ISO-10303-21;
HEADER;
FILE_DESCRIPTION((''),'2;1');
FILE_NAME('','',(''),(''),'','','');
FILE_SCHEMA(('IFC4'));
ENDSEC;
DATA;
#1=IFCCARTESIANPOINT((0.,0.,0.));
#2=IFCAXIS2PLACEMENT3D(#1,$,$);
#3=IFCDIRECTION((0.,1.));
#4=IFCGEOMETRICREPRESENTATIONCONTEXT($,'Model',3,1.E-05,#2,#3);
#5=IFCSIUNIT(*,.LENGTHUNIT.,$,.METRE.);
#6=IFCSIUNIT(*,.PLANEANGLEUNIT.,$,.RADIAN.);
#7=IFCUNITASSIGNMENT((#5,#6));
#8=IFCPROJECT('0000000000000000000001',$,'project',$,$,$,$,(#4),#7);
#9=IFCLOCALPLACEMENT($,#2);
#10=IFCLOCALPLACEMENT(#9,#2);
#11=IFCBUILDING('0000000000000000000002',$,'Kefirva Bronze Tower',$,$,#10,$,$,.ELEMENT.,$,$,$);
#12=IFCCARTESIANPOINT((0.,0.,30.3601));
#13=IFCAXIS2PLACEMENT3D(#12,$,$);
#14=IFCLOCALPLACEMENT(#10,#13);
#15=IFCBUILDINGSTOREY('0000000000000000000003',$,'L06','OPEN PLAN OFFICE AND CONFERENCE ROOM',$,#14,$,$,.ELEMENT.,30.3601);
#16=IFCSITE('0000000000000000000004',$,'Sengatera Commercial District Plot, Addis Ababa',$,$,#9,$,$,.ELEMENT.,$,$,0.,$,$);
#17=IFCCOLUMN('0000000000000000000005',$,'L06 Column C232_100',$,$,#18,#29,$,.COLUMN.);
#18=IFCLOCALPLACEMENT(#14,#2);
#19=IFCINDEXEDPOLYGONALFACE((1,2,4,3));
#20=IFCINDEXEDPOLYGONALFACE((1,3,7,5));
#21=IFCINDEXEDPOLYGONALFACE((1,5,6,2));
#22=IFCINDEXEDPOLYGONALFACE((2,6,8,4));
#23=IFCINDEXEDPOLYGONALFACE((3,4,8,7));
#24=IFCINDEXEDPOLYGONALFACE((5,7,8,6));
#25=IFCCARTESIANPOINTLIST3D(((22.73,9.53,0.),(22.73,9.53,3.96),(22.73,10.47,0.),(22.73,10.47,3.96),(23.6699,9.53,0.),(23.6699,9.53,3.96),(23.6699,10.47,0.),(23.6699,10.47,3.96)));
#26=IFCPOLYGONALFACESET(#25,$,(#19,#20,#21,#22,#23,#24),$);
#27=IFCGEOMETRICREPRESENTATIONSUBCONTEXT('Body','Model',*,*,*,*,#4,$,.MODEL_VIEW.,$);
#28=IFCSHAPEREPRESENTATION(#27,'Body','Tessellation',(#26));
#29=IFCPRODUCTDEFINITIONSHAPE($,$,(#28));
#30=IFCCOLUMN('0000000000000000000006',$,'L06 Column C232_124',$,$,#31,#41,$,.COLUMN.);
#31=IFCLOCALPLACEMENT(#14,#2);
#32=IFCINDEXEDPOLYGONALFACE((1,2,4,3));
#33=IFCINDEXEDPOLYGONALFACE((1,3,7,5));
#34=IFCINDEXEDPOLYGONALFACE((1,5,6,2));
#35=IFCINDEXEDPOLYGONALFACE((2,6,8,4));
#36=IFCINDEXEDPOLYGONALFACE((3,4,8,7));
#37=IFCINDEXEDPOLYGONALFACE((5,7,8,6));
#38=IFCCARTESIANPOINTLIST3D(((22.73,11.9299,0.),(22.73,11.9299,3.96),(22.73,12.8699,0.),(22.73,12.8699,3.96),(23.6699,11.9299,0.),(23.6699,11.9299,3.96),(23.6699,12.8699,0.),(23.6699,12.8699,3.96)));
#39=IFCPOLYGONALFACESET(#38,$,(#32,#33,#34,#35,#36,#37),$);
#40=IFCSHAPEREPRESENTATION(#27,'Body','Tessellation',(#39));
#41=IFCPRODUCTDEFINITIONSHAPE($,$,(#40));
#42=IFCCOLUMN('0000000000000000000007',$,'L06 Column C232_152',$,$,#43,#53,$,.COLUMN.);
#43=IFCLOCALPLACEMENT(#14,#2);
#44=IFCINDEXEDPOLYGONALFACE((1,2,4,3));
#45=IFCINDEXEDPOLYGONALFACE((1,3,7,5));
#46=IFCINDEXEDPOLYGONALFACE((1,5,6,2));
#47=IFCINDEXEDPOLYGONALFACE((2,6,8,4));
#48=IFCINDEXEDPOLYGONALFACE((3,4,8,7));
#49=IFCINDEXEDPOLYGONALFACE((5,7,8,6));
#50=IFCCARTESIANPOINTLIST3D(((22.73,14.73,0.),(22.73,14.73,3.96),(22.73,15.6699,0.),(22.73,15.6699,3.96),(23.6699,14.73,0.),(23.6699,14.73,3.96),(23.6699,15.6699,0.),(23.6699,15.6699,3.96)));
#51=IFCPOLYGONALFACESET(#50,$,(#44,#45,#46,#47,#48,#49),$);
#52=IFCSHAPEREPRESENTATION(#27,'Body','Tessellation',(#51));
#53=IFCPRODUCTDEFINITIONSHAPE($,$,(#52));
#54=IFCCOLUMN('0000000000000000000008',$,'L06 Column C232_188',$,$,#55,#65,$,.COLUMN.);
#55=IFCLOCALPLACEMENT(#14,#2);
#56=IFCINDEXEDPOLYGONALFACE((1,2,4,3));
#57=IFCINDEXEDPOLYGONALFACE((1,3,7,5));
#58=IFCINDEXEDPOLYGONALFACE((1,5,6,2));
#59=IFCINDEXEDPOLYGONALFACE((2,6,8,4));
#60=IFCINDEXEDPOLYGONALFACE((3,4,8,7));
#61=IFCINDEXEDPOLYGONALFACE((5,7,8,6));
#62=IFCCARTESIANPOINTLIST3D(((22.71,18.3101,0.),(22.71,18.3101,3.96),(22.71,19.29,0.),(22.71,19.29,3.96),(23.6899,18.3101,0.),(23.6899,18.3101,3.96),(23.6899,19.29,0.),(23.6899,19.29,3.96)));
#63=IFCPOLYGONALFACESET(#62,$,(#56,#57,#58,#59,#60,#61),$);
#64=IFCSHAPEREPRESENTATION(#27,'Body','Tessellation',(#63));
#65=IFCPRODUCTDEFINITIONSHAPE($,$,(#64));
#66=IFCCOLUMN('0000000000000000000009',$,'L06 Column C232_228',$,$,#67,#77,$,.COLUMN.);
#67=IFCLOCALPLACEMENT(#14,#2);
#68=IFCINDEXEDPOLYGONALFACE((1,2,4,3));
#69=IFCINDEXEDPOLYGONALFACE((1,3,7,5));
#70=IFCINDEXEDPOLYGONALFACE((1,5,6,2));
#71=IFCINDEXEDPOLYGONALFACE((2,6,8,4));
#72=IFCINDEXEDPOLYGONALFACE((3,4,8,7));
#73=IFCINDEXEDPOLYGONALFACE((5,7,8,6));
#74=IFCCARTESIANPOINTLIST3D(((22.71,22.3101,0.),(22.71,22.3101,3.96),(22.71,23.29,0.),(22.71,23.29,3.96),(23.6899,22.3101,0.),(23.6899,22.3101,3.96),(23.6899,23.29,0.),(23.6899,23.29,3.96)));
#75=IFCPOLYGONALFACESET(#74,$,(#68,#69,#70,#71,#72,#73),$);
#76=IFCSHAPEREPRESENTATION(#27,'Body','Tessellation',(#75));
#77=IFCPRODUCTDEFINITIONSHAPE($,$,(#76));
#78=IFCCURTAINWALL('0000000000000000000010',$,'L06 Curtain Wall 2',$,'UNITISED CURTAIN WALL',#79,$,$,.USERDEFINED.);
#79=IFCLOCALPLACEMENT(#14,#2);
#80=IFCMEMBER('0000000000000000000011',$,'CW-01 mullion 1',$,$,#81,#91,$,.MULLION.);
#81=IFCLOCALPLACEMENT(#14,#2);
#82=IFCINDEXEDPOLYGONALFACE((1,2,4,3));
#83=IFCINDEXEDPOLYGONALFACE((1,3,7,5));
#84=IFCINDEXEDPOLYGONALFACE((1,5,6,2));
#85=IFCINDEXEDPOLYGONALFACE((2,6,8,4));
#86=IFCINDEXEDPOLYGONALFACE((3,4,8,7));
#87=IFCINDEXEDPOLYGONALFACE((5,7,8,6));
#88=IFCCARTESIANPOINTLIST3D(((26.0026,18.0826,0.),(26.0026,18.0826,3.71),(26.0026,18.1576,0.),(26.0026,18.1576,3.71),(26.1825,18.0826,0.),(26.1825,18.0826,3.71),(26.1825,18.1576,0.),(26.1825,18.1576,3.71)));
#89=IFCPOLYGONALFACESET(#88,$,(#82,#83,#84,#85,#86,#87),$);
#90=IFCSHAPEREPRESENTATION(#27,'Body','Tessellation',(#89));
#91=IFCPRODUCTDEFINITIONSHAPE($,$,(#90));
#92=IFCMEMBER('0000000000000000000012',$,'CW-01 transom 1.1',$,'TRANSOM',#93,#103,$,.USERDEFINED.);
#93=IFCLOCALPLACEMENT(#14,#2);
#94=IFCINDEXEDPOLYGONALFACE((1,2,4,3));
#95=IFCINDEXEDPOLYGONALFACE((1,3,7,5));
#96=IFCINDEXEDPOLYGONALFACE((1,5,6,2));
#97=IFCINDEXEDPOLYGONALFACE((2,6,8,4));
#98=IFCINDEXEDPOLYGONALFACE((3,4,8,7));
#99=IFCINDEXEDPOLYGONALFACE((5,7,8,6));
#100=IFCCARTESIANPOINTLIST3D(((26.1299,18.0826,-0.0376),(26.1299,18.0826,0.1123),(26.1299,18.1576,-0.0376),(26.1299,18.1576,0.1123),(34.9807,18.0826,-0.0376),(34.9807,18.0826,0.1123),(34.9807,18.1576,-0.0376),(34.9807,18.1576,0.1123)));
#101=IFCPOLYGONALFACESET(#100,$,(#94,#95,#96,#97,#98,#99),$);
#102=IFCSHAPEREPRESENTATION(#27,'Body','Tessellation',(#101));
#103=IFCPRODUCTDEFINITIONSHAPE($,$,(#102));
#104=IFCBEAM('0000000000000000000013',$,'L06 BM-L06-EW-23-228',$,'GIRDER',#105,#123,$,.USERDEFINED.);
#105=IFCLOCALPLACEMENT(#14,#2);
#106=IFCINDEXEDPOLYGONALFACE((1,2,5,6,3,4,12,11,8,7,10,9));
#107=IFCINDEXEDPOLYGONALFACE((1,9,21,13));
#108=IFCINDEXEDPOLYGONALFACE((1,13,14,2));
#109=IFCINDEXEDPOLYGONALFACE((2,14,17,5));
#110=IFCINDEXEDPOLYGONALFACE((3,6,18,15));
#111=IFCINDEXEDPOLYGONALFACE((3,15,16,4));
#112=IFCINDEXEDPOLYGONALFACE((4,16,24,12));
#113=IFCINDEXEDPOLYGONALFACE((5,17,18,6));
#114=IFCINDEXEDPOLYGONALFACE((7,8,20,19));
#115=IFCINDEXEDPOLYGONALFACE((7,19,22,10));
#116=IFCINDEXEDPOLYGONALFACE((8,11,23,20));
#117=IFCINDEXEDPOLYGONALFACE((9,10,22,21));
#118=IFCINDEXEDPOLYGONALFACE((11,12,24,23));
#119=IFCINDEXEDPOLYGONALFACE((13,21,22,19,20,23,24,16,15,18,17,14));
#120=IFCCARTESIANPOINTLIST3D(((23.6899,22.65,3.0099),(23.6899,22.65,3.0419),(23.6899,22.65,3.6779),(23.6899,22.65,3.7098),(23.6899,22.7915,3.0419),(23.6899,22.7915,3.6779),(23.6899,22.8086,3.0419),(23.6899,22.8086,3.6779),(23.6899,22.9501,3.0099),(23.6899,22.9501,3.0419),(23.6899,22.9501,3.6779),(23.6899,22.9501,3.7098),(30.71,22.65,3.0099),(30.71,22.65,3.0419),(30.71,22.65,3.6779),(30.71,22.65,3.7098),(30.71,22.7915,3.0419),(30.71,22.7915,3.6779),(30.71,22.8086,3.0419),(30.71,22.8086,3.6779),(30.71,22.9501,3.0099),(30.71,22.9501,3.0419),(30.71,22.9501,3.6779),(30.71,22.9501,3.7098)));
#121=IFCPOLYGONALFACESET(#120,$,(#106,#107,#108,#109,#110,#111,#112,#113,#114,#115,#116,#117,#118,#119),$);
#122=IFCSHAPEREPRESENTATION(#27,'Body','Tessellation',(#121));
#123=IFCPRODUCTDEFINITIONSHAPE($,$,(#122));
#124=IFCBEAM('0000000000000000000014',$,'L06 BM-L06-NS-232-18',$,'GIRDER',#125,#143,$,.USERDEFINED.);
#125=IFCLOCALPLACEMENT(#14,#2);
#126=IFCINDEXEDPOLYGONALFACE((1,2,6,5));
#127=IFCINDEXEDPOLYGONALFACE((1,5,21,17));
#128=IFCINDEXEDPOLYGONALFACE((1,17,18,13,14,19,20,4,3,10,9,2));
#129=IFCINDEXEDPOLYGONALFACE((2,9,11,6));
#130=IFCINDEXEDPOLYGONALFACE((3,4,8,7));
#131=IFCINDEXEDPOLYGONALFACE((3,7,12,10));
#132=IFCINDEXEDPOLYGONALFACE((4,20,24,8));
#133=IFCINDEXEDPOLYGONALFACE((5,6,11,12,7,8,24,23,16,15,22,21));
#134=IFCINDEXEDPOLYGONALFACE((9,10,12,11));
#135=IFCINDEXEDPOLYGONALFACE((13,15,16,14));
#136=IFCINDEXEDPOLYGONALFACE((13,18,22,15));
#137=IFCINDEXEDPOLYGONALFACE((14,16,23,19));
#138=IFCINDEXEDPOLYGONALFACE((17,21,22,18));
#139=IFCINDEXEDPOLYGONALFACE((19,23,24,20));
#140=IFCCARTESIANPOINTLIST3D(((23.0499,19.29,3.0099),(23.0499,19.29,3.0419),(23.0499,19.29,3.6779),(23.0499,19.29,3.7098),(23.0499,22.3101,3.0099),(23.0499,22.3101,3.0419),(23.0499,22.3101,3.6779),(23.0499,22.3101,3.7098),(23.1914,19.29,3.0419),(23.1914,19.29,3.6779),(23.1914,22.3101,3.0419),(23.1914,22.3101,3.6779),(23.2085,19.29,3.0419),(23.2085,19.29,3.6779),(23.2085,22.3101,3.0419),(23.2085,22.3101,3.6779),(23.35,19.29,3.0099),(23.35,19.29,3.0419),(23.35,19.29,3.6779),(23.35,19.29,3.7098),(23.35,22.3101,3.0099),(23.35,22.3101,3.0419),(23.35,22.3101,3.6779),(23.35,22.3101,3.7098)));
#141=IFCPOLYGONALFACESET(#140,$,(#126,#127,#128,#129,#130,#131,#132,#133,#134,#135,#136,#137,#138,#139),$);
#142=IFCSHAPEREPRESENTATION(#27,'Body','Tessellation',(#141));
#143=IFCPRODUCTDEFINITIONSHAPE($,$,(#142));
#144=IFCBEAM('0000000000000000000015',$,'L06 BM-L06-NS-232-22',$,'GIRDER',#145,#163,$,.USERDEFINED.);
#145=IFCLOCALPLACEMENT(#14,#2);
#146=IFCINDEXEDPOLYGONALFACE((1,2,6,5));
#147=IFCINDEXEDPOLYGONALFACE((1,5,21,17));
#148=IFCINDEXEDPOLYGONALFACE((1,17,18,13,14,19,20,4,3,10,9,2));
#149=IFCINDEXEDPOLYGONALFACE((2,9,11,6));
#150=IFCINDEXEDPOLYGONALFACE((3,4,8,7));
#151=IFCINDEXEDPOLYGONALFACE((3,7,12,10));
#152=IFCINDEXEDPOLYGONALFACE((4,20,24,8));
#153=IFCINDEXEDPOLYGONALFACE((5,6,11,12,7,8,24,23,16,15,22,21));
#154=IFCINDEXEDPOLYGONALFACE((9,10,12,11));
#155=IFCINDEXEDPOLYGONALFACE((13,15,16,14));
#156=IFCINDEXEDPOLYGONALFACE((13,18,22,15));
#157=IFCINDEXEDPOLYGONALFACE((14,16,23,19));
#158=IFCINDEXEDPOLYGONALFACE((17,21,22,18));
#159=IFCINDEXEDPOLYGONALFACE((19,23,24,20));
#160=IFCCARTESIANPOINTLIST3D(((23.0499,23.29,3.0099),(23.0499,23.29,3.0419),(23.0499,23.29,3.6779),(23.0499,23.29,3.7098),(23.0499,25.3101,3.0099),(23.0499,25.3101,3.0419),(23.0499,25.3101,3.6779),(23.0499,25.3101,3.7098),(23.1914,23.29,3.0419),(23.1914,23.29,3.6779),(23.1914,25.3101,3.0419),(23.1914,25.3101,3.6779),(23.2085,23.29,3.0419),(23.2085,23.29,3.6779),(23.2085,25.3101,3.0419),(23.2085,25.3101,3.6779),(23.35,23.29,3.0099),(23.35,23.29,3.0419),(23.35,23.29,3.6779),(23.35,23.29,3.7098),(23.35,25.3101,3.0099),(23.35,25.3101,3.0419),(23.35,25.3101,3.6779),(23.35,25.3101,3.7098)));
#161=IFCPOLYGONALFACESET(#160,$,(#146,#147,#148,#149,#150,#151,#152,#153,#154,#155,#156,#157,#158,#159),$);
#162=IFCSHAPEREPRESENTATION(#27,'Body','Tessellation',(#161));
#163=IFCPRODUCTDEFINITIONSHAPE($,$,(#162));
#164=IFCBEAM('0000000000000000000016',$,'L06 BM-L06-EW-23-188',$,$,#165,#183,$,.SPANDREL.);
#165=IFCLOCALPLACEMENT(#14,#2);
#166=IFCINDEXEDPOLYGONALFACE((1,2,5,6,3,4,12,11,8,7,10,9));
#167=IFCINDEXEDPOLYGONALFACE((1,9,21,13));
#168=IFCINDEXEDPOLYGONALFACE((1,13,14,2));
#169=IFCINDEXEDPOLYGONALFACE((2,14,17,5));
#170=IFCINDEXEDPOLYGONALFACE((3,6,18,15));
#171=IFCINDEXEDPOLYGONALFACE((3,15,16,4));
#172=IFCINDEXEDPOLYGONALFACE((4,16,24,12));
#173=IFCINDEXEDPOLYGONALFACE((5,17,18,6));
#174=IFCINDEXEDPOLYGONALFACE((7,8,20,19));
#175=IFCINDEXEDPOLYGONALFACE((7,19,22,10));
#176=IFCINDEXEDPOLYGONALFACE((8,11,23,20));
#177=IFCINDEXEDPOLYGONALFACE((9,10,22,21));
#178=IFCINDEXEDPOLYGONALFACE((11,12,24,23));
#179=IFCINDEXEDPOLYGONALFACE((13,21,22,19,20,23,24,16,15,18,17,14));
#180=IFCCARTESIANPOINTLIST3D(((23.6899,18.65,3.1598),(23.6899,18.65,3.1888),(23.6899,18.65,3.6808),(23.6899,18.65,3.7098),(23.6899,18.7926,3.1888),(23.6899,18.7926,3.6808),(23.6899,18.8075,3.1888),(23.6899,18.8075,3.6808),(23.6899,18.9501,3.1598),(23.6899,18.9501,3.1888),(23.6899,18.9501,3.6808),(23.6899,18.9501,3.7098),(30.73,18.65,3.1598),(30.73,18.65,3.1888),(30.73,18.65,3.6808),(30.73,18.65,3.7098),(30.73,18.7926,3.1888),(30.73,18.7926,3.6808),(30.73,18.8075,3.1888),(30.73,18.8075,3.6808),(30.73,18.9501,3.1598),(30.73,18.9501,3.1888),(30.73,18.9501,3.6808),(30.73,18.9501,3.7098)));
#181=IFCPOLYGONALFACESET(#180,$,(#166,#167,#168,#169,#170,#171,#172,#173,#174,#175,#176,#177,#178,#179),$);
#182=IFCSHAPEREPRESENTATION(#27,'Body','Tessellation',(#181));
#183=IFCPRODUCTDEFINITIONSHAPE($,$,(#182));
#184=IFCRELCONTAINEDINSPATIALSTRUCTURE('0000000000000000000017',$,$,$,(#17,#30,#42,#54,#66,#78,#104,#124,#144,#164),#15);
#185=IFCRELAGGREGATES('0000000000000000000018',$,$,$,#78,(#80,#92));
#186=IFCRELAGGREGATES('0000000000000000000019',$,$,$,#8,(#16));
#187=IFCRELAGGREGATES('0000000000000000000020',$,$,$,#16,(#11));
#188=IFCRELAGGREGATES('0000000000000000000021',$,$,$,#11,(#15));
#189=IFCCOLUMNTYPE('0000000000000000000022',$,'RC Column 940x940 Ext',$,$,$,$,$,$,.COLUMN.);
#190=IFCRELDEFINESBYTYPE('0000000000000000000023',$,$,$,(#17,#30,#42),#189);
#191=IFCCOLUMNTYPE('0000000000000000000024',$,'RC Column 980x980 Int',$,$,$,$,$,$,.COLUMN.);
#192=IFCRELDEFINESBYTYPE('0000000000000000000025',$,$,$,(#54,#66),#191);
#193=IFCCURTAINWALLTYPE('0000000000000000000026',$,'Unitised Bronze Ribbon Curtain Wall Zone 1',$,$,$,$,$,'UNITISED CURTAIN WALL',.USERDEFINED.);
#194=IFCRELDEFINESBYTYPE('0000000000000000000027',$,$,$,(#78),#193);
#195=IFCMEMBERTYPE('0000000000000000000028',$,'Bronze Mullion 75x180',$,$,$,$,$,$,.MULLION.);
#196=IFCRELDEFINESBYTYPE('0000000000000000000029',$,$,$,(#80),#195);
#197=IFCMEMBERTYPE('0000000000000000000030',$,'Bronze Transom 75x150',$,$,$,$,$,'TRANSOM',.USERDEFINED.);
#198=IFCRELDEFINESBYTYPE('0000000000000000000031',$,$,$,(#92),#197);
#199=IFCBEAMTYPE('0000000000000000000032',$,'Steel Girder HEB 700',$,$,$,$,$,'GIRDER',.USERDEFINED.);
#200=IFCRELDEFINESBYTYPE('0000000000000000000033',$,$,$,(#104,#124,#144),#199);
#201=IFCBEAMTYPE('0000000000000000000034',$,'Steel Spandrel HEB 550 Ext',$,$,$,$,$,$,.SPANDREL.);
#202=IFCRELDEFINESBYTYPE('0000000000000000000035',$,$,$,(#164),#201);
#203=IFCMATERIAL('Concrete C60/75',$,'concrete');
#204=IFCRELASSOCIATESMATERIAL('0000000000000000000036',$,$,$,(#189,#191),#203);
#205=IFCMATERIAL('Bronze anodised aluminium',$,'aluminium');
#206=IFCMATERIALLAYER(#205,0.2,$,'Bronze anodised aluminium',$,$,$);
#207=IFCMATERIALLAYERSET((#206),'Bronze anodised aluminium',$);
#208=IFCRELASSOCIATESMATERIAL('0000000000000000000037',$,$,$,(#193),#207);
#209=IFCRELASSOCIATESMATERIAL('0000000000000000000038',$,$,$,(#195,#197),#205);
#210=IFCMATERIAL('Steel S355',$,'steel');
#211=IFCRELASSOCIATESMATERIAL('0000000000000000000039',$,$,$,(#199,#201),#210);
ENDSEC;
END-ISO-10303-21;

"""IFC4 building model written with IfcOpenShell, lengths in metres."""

from ifc_helpers import new_model, si_unit, direction, frame, origin, origin_2d, place, context, subcontext, project, spatial, rectangle, i_section, extrude, material, layer, layer_set, material_profile, profile_set, type_object, element, aggregate, save


model = new_model("IFC4")

# Units and contexts
model_context = context("Model", 3, precision=1e-05, world=origin(), true_north=direction((0.0, 1.0)))
body_context = subcontext(model_context, "Body", "Model", "MODEL_VIEW")
ifc_project = project(units=[si_unit("LENGTHUNIT", "METRE"), si_unit("PLANEANGLEUNIT", "RADIAN")], contexts=[model_context])

# Site, building, storey
site_placement = place(None, origin())
site = spatial("IfcSite", under=ifc_project, at=site_placement, Name="Sengatera Commercial District Plot, Addis Ababa", CompositionType="ELEMENT", RefElevation=0.0)
building_placement = place(site_placement, origin())
building = spatial("IfcBuilding", under=site, at=building_placement, Name="Kefirva Bronze Tower", CompositionType="ELEMENT")
storey_placement = place(building_placement, frame((0.0, 0.0, 30.3601)))
storey = spatial("IfcBuildingStorey", under=building, at=storey_placement, Name="L06", Description="OPEN PLAN OFFICE AND CONFERENCE ROOM", CompositionType="ELEMENT", Elevation=30.3601)

# Columns
ifc_material_1 = material(Name="Concrete C60/75", Category="concrete")
ifc_material_profile_1 = material_profile(ifc_material_1, rectangle(XDim=0.9399, YDim=0.9399, at=origin_2d()), Name="RC 940x940")
ifc_profile_set_1 = profile_set([ifc_material_profile_1], Name="Concrete C60/75")
column_type_1 = type_object("IfcColumnType", Name="RC Column 940x940 Ext", PredefinedType="COLUMN", material=ifc_profile_set_1)
for number, where, z_axis, x_axis, name in (
    (1, (23.2, 10.0, 0.0), (0.0, 0.0, 1.0), (1.0, 0.0, 0.0), "L06 Column C232_100"),
    (2, (23.2, 12.3999, 0.0), (0.0, 0.0, 1.0), (1.0, 0.0, 0.0), "L06 Column C232_124"),
    (3, (23.2, 15.2, 0.0), (0.0, 0.0, 1.0), (1.0, 0.0, 0.0), "L06 Column C232_152"),
):
    element("IfcColumn", number, at=place(storey_placement, frame(where, z_axis=z_axis, x_axis=x_axis)), inside=storey, type_object=column_type_1, Name=name, PredefinedType="COLUMN", context=body_context, shape_type="SweptSolid", body=[
        extrude(rectangle(XDim=0.9399, YDim=0.9399, at=origin_2d()), origin(), (0.0, 0.0, 1.0), 3.96),
    ])
ifc_material_profile_2 = material_profile(ifc_material_1, rectangle(XDim=0.98, YDim=0.98, at=origin_2d()), Name="RC 980x980")
ifc_profile_set_2 = profile_set([ifc_material_profile_2], Name="Concrete C60/75")
column_type_2 = type_object("IfcColumnType", Name="RC Column 980x980 Int", PredefinedType="COLUMN", material=ifc_profile_set_2)
for number, where, z_axis, x_axis, name in (
    (4, (23.2, 18.8, 0.0), (0.0, 0.0, 1.0), (1.0, 0.0, 0.0), "L06 Column C232_188"),
    (5, (23.2, 22.8, 0.0), (0.0, 0.0, 1.0), (1.0, 0.0, 0.0), "L06 Column C232_228"),
):
    element("IfcColumn", number, at=place(storey_placement, frame(where, z_axis=z_axis, x_axis=x_axis)), inside=storey, type_object=column_type_2, Name=name, PredefinedType="COLUMN", context=body_context, shape_type="SweptSolid", body=[
        extrude(rectangle(XDim=0.98, YDim=0.98, at=origin_2d()), origin(), (0.0, 0.0, 1.0), 3.96),
    ])

# Curtain wall, members
ifc_material_2 = material(Name="Bronze anodised aluminium", Category="aluminium")
ifc_layer_1 = layer(ifc_material_2, 0.2, Name="Bronze anodised aluminium")
ifc_layer_set_1 = layer_set([ifc_layer_1], Name="Bronze anodised aluminium")
curtain_wall_type = type_object("IfcCurtainWallType", Name="Unitised Bronze Ribbon Curtain Wall Zone 1", ElementType="UNITISED CURTAIN WALL", PredefinedType="USERDEFINED", material=ifc_layer_set_1)
curtain_wall_placement = place(storey_placement, origin())
curtain_wall = element("IfcCurtainWall", 6, at=curtain_wall_placement, inside=storey, type_object=curtain_wall_type, Name="L06 Curtain Wall 2", ObjectType="UNITISED CURTAIN WALL", PredefinedType="USERDEFINED")
ifc_material_profile_3 = material_profile(ifc_material_2, rectangle(XDim=0.075, YDim=0.1799, at=origin_2d()), Name="ALU 75x180")
ifc_profile_set_3 = profile_set([ifc_material_profile_3], Name="Bronze anodised aluminium")
member_type_1 = type_object("IfcMemberType", Name="Bronze Mullion 75x180", PredefinedType="MULLION", material=ifc_profile_set_3)
member_1_placement = place(storey_placement, frame((26.0925, 18.1201, 0.0), z_axis=(0.0, 0.0, 1.0), x_axis=(0.0, 1.0, 0.0)))
member_1 = element("IfcMember", 7, at=member_1_placement, type_object=member_type_1, Name="CW-01 mullion 1", PredefinedType="MULLION", context=body_context, shape_type="SweptSolid", body=[
    extrude(rectangle(XDim=0.075, YDim=0.1799, at=origin_2d()), origin(), (0.0, 0.0, 1.0), 3.71),
])
ifc_material_profile_4 = material_profile(ifc_material_2, rectangle(XDim=0.075, YDim=0.1499, at=origin_2d()), Name="ALU 75x150")
ifc_profile_set_4 = profile_set([ifc_material_profile_4], Name="Bronze anodised aluminium")
member_type_2 = type_object("IfcMemberType", Name="Bronze Transom 75x150", ElementType="TRANSOM", PredefinedType="USERDEFINED", material=ifc_profile_set_4)
member_2_placement = place(storey_placement, frame((26.1299, 18.1201, 0.0374), z_axis=(1.0, 0.0, 0.0), x_axis=(0.0, 1.0, 0.0)))
member_2 = element("IfcMember", 8, at=member_2_placement, type_object=member_type_2, Name="CW-01 transom 1.1", ObjectType="TRANSOM", PredefinedType="USERDEFINED", context=body_context, shape_type="SweptSolid", body=[
    extrude(rectangle(XDim=0.075, YDim=0.1499, at=origin_2d()), origin(), (0.0, 0.0, 1.0), 8.8508),
])
aggregate(curtain_wall, [member_1, member_2])

# Beams
ifc_material_3 = material(Name="Steel S355", Category="steel")
ifc_material_profile_5 = material_profile(ifc_material_3, i_section(OverallWidth=0.3, OverallDepth=0.7, WebThickness=0.0171, FlangeThickness=0.032, at=origin_2d()), Name="HEB 700")
ifc_profile_set_5 = profile_set([ifc_material_profile_5], Name="Steel S355")
beam_type_1 = type_object("IfcBeamType", Name="Steel Girder HEB 700", ElementType="GIRDER", PredefinedType="USERDEFINED", material=ifc_profile_set_5)
beam_1_placement = place(storey_placement, frame((23.6899, 22.8, 3.3599), z_axis=(1.0, 0.0, 0.0), x_axis=(0.0, 1.0, 0.0)))
element("IfcBeam", 9, at=beam_1_placement, inside=storey, type_object=beam_type_1, Name="L06 BM-L06-EW-23-228", ObjectType="GIRDER", PredefinedType="USERDEFINED", context=body_context, shape_type="SweptSolid", body=[
    extrude(i_section(OverallWidth=0.3, OverallDepth=0.7, WebThickness=0.0171, FlangeThickness=0.032, at=origin_2d()), origin(), (0.0, 0.0, 1.0), 7.02),
])
beam_2_placement = place(storey_placement, frame((23.2, 19.29, 3.3599), z_axis=(0.0, 1.0, 0.0), x_axis=(-1.0, 0.0, 0.0)))
element("IfcBeam", 10, at=beam_2_placement, inside=storey, type_object=beam_type_1, Name="L06 BM-L06-NS-232-18", ObjectType="GIRDER", PredefinedType="USERDEFINED", context=body_context, shape_type="SweptSolid", body=[
    extrude(i_section(OverallWidth=0.3, OverallDepth=0.7, WebThickness=0.0171, FlangeThickness=0.032, at=origin_2d()), origin(), (0.0, 0.0, 1.0), 3.02),
])
beam_3_placement = place(storey_placement, frame((23.2, 23.29, 3.3599), z_axis=(0.0, 1.0, 0.0), x_axis=(-1.0, 0.0, 0.0)))
element("IfcBeam", 11, at=beam_3_placement, inside=storey, type_object=beam_type_1, Name="L06 BM-L06-NS-232-22", ObjectType="GIRDER", PredefinedType="USERDEFINED", context=body_context, shape_type="SweptSolid", body=[
    extrude(i_section(OverallWidth=0.3, OverallDepth=0.7, WebThickness=0.0171, FlangeThickness=0.032, at=origin_2d()), origin(), (0.0, 0.0, 1.0), 2.02),
])
ifc_material_profile_6 = material_profile(ifc_material_3, i_section(OverallWidth=0.3, OverallDepth=0.55, WebThickness=0.0149, FlangeThickness=0.0291, at=origin_2d()), Name="HEB 550")
ifc_profile_set_6 = profile_set([ifc_material_profile_6], Name="Steel S355")
beam_type_2 = type_object("IfcBeamType", Name="Steel Spandrel HEB 550 Ext", PredefinedType="SPANDREL", material=ifc_profile_set_6)
beam_4_placement = place(storey_placement, frame((23.6899, 18.8, 3.4348), z_axis=(1.0, 0.0, 0.0), x_axis=(0.0, 1.0, 0.0)))
element("IfcBeam", 12, at=beam_4_placement, inside=storey, type_object=beam_type_2, Name="L06 BM-L06-EW-23-188", PredefinedType="SPANDREL", context=body_context, shape_type="SweptSolid", body=[
    extrude(i_section(OverallWidth=0.3, OverallDepth=0.55, WebThickness=0.0149, FlangeThickness=0.0291, at=origin_2d()), origin(), (0.0, 0.0, 1.0), 7.04),
])

save(model, "model.ifc")
